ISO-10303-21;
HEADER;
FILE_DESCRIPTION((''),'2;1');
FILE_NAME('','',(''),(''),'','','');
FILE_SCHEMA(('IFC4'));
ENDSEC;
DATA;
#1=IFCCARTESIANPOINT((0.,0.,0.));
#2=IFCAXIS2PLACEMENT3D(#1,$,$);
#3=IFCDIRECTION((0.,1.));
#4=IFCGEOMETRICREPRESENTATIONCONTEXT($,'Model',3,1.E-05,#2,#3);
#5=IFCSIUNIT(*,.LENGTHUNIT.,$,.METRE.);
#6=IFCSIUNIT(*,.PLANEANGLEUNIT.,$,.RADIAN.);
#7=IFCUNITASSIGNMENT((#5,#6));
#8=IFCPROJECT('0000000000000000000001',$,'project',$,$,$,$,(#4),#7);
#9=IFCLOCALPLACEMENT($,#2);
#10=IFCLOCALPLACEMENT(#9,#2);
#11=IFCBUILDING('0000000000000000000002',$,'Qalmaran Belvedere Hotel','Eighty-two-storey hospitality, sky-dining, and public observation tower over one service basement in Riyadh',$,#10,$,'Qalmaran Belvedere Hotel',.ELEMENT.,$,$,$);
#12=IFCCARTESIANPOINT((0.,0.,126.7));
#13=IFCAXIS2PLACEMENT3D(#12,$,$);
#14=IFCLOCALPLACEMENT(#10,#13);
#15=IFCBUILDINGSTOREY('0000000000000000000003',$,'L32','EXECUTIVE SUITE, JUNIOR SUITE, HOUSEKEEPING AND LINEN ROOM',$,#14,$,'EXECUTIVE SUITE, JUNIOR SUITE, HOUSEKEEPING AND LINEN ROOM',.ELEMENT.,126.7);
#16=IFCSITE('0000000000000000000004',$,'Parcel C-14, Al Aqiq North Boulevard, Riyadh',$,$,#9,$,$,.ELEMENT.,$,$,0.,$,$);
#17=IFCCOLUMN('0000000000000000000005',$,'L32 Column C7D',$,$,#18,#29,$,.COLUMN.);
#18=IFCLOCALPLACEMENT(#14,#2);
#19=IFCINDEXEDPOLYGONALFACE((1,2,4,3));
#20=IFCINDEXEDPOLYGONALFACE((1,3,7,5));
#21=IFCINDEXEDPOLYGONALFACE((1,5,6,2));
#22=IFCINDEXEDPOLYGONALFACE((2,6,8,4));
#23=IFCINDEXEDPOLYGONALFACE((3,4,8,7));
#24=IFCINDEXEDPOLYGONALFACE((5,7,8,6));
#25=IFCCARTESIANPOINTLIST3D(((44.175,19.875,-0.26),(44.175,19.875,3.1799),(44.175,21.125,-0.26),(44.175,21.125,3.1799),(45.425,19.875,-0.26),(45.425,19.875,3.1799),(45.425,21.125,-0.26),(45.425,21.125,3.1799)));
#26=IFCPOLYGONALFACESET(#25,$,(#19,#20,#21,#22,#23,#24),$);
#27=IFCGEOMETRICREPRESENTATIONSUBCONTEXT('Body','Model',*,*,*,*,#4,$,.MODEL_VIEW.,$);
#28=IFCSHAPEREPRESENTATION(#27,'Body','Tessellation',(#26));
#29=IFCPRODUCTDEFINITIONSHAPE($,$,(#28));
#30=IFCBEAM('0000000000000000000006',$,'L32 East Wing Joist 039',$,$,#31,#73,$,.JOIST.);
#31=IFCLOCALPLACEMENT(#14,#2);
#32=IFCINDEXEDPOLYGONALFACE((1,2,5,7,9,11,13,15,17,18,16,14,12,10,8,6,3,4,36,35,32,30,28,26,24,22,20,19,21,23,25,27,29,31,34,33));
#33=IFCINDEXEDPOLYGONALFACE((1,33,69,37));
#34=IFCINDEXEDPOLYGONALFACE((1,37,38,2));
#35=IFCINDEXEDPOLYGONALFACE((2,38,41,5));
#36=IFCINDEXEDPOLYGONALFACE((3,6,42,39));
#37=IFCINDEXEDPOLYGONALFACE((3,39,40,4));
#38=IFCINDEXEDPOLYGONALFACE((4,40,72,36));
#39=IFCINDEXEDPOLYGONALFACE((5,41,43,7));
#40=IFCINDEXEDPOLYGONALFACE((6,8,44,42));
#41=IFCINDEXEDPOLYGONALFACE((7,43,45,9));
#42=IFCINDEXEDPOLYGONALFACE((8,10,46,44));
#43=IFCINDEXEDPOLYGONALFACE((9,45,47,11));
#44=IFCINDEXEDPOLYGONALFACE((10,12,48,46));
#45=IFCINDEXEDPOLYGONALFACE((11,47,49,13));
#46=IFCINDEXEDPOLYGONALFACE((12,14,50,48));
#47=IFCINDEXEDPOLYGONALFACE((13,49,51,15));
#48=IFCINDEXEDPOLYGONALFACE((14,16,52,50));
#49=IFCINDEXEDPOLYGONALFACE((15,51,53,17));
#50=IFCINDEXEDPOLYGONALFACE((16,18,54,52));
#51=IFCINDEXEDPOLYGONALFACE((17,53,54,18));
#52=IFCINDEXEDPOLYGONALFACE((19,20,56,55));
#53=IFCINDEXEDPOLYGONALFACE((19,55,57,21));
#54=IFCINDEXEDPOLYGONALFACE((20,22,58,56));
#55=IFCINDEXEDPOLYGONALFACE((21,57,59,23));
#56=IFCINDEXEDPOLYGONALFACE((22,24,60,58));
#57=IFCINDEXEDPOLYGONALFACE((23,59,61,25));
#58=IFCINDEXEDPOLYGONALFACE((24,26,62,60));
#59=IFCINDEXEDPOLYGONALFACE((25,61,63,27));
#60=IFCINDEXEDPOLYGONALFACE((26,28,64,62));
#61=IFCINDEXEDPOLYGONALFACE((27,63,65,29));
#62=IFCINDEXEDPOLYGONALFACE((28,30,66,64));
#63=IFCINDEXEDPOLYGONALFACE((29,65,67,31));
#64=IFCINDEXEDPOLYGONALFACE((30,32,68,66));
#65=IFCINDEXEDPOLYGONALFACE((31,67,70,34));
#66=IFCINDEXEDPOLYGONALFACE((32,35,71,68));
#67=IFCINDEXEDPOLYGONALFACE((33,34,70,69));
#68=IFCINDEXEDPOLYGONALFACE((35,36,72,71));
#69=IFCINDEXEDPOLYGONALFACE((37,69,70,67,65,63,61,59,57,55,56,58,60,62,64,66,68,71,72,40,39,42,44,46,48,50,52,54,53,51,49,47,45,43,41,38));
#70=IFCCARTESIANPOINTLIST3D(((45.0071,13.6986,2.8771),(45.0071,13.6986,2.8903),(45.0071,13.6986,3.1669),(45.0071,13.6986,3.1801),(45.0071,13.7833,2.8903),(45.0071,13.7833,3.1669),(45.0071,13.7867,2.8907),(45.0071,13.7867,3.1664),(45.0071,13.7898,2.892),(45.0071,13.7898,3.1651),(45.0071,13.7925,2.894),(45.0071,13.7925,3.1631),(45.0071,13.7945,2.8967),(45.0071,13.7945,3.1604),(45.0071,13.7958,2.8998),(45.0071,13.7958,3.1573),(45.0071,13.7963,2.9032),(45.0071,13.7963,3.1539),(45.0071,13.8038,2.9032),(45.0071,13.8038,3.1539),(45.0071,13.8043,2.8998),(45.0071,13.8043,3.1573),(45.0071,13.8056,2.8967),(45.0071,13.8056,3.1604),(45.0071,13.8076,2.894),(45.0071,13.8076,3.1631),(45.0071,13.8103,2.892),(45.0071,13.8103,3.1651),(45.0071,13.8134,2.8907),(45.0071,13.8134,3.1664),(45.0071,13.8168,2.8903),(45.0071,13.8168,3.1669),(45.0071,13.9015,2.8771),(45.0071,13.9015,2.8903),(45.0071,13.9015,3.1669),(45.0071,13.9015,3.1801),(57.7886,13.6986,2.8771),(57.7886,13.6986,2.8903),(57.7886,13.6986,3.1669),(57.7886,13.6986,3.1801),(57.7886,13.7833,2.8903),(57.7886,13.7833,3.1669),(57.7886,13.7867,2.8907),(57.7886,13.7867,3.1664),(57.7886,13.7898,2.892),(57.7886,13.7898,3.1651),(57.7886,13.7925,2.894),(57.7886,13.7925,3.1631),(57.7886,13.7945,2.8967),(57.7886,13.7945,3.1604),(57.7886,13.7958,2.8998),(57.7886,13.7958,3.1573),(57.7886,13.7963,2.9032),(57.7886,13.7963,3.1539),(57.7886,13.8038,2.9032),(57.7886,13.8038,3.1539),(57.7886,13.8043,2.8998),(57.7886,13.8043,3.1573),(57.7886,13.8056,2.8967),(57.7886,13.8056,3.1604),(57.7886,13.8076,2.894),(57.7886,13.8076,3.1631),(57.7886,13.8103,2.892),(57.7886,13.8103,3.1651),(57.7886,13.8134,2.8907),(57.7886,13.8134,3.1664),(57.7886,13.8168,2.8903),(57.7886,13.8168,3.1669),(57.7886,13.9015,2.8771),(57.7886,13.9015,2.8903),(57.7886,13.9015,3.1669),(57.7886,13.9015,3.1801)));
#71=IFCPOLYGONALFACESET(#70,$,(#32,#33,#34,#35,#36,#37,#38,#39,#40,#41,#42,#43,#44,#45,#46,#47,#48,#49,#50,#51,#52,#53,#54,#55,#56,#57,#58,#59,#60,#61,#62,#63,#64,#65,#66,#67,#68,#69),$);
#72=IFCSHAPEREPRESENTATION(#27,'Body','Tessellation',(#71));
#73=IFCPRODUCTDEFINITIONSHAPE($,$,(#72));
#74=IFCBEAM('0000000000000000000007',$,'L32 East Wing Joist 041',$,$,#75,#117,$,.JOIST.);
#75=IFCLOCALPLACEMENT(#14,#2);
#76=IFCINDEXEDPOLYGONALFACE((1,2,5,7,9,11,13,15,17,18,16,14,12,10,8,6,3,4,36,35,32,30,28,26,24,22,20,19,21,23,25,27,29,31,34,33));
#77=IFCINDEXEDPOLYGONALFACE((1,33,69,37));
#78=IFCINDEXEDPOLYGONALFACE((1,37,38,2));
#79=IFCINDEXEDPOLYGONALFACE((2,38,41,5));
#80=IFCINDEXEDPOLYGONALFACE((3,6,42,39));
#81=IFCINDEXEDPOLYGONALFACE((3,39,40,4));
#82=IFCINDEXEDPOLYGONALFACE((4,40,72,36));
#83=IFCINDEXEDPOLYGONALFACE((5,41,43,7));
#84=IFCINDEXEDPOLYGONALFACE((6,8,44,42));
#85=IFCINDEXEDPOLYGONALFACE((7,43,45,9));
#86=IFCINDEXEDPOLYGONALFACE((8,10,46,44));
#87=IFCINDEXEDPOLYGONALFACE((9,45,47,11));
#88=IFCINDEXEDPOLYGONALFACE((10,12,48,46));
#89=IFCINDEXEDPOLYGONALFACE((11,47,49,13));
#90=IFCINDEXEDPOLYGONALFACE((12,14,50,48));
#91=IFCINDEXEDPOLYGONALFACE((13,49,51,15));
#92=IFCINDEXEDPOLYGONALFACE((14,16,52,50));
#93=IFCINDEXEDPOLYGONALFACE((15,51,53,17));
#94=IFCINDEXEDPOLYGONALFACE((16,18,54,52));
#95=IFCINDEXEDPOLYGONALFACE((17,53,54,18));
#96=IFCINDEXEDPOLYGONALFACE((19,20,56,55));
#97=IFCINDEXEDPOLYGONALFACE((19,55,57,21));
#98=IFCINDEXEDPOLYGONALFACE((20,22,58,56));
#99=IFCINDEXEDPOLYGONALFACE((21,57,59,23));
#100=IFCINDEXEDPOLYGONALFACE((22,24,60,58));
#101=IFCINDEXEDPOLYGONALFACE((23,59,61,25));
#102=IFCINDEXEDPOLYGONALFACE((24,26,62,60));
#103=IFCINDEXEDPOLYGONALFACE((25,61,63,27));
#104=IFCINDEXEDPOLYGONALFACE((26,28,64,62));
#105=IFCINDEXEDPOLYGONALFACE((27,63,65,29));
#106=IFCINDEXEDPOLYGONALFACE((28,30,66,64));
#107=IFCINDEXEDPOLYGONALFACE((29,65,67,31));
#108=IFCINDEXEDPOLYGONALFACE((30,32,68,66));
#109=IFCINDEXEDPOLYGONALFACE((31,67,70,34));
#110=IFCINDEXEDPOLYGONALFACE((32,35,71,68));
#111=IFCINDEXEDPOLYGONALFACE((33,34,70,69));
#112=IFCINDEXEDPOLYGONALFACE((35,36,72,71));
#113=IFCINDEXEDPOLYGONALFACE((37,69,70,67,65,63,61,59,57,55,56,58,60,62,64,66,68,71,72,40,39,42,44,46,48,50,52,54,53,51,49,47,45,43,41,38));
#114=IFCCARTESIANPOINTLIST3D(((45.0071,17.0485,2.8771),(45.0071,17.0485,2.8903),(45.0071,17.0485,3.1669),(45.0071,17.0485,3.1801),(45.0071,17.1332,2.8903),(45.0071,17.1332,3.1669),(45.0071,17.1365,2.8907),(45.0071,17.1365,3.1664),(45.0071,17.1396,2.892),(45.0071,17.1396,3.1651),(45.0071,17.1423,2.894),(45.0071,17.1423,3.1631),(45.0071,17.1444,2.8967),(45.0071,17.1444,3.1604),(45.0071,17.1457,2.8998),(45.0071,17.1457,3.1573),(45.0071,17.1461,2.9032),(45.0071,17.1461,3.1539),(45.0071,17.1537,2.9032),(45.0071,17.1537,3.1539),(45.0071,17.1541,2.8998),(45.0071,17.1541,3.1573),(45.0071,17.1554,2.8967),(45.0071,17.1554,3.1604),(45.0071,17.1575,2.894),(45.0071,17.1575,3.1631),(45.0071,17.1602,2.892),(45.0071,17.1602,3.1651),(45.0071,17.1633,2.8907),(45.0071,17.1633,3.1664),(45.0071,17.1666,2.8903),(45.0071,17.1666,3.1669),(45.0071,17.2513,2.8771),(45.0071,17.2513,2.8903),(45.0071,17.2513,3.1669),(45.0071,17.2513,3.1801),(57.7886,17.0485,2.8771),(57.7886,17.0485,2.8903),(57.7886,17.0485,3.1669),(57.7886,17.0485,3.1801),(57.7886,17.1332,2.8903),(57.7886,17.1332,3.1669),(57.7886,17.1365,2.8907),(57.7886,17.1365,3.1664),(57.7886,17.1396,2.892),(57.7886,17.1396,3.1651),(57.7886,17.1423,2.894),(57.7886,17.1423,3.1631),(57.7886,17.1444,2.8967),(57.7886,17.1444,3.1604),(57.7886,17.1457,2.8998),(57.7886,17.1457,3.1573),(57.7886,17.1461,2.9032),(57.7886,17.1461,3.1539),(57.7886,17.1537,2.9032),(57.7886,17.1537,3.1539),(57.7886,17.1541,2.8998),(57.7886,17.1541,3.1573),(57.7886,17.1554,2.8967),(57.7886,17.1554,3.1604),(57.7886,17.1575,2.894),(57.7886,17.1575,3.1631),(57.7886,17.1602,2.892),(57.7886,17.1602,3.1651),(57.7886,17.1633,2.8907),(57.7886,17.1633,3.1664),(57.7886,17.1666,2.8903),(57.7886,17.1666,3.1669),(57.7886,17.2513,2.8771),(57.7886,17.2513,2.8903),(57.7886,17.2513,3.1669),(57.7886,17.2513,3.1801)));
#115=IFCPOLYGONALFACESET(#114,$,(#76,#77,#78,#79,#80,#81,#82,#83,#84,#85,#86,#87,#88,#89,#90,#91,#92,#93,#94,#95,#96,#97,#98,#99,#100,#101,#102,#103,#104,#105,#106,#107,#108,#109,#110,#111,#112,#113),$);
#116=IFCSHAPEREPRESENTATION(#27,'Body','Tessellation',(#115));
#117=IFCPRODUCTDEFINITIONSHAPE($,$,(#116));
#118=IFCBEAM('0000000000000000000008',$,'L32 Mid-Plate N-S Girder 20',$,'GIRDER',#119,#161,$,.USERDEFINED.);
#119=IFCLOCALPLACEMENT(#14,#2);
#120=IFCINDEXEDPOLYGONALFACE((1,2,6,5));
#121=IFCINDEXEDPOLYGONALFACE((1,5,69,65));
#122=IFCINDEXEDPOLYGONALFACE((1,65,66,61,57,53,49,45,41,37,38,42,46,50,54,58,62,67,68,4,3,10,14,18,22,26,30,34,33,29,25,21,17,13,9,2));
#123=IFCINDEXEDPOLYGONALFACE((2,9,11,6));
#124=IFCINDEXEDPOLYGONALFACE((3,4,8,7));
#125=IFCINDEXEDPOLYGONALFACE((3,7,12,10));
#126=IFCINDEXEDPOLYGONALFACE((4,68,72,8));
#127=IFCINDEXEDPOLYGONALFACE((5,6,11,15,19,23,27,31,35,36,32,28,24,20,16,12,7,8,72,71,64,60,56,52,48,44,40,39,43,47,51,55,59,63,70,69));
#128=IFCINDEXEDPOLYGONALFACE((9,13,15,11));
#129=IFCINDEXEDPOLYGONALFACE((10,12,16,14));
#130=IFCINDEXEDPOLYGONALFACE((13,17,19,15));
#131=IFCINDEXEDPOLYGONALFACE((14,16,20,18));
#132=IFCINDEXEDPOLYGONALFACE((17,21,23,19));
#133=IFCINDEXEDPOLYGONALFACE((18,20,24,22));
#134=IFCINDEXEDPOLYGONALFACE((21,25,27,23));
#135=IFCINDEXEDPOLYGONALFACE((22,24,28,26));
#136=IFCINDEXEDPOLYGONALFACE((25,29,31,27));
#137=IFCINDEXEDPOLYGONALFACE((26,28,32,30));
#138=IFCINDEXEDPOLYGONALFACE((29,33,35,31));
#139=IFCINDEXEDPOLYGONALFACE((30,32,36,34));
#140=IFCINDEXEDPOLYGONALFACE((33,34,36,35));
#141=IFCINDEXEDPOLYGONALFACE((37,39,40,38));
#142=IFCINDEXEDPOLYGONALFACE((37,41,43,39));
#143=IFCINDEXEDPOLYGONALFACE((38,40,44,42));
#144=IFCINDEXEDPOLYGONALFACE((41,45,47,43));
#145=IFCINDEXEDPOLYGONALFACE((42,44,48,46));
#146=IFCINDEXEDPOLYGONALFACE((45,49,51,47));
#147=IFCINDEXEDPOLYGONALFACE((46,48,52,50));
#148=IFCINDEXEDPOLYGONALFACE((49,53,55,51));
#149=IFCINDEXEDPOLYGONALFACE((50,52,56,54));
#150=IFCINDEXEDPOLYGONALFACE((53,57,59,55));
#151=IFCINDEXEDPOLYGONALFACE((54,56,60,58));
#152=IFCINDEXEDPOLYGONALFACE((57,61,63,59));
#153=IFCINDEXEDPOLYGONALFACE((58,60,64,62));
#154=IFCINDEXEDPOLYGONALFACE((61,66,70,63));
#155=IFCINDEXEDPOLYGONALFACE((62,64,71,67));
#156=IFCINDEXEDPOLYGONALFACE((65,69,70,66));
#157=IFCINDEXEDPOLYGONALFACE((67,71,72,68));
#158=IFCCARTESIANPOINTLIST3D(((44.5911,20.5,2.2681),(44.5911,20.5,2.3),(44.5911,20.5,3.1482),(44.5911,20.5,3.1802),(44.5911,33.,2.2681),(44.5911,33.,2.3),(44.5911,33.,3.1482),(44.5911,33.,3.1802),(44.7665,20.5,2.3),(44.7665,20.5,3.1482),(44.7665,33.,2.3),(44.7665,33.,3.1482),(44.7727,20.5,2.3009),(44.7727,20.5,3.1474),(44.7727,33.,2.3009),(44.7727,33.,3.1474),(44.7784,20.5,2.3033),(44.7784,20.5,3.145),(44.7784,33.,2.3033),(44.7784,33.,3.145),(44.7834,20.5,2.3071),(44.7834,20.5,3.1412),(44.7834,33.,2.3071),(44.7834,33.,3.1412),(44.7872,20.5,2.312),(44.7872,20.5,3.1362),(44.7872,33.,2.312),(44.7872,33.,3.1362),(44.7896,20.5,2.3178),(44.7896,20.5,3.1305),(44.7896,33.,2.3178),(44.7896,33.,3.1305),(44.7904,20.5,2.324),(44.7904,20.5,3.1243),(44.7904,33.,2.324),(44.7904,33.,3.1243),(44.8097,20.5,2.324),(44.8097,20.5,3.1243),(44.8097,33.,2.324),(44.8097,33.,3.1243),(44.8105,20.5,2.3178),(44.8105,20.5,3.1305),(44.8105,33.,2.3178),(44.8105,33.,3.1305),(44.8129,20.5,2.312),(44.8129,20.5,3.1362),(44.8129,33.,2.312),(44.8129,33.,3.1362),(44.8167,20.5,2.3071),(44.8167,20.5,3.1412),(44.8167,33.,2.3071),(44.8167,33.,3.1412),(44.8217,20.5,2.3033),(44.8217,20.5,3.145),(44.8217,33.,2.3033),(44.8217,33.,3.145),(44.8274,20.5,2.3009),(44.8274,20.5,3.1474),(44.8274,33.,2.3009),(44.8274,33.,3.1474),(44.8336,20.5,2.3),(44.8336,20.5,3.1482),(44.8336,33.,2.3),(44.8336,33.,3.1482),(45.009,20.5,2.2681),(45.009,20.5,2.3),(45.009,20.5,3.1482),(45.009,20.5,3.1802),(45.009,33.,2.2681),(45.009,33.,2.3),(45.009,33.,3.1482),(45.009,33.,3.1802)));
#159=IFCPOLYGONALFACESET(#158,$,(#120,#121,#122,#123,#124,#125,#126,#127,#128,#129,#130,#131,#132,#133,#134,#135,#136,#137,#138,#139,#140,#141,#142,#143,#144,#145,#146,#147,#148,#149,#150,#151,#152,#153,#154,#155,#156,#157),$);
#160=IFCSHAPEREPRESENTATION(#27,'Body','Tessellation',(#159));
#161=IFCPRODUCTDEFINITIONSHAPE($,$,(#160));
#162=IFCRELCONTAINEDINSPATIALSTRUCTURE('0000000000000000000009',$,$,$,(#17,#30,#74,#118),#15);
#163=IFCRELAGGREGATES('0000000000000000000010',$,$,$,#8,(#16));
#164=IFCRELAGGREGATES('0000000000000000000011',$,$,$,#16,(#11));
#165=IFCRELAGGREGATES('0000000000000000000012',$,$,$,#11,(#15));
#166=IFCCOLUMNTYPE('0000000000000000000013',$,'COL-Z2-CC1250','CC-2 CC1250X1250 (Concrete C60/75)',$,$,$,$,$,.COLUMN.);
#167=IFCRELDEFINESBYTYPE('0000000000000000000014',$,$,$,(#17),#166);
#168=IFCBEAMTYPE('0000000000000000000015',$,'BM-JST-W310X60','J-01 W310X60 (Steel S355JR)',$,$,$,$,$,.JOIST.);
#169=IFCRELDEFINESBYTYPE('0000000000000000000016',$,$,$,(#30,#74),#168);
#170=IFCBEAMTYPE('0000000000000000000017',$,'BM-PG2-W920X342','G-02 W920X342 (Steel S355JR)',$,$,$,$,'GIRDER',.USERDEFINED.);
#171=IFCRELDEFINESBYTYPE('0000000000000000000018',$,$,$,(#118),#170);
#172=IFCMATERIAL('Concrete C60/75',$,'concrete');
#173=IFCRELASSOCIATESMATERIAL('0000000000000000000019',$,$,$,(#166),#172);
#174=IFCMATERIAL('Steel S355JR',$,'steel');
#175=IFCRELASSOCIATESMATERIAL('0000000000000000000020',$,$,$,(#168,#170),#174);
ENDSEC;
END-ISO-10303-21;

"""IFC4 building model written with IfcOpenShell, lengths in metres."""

from ifc_helpers import new_model, si_unit, direction, frame, origin, origin_2d, place, context, subcontext, project, spatial, rectangle, i_section, extrude, material, material_profile, profile_set, type_object, element, save


model = new_model("IFC4")

# Units and contexts
model_context = context("Model", 3, precision=1e-05, world=origin(), true_north=direction((0.0, 1.0)))
body_context = subcontext(model_context, "Body", "Model", "MODEL_VIEW")
ifc_project = project(units=[si_unit("LENGTHUNIT", "METRE"), si_unit("PLANEANGLEUNIT", "RADIAN")], contexts=[model_context])

# Site, building, storey
site_placement = place(None, origin())
site = spatial("IfcSite", under=ifc_project, at=site_placement, Name="Parcel C-14, Al Aqiq North Boulevard, Riyadh", CompositionType="ELEMENT", RefElevation=0.0)
building_placement = place(site_placement, origin())
building = spatial("IfcBuilding", under=site, at=building_placement, Name="Qalmaran Belvedere Hotel", Description="Eighty-two-storey hospitality, sky-dining, and public observation tower over one service basement in Riyadh", LongName="Qalmaran Belvedere Hotel", CompositionType="ELEMENT")
storey_placement = place(building_placement, frame((0.0, 0.0, 126.7)))
storey = spatial("IfcBuildingStorey", under=building, at=storey_placement, Name="L32", Description="EXECUTIVE SUITE, JUNIOR SUITE, HOUSEKEEPING AND LINEN ROOM", LongName="EXECUTIVE SUITE, JUNIOR SUITE, HOUSEKEEPING AND LINEN ROOM", CompositionType="ELEMENT", Elevation=126.7)

# Column
ifc_material_1 = material(Name="Concrete C60/75", Category="concrete")
ifc_material_profile_1 = material_profile(ifc_material_1, rectangle(XDim=1.25, YDim=1.25, at=origin_2d()), Name="CC1250X1250")
ifc_profile_set_1 = profile_set([ifc_material_profile_1], Name="Concrete C60/75")
column_type = type_object("IfcColumnType", Name="COL-Z2-CC1250", Description="CC-2 CC1250X1250 (Concrete C60/75)", PredefinedType="COLUMN", material=ifc_profile_set_1)
column_placement = place(storey_placement, frame((44.8, 20.5, -0.26), z_axis=(0.0, 0.0, 1.0), x_axis=(1.0, 0.0, 0.0)))
element("IfcColumn", 1, at=column_placement, inside=storey, type_object=column_type, Name="L32 Column C7D", PredefinedType="COLUMN", context=body_context, shape_type="SweptSolid", body=[
    extrude(rectangle(XDim=1.25, YDim=1.25, at=origin_2d()), origin(), (0.0, 0.0, 1.0), 3.4399),
])

# Beams
ifc_material_2 = material(Name="Steel S355JR", Category="steel")
ifc_material_profile_2 = material_profile(ifc_material_2, i_section(OverallWidth=0.2029, OverallDepth=0.303, WebThickness=0.0076, FlangeThickness=0.0132, FilletRadius=0.0129, at=origin_2d()), Name="W310X60")
ifc_profile_set_2 = profile_set([ifc_material_profile_2], Name="Steel S355JR")
beam_type_1 = type_object("IfcBeamType", Name="BM-JST-W310X60", Description="J-01 W310X60 (Steel S355JR)", PredefinedType="JOIST", material=ifc_profile_set_2)
for number, where, z_axis, x_axis, name in (
    (2, (45.0071, 13.8, 3.0286), (1.0, 0.0, 0.0), (0.0, 1.0, 0.0), "L32 East Wing Joist 039"),
    (3, (45.0071, 17.1499, 3.0286), (1.0, 0.0, 0.0), (0.0, 1.0, 0.0), "L32 East Wing Joist 041"),
):
    element("IfcBeam", number, at=place(storey_placement, frame(where, z_axis=z_axis, x_axis=x_axis)), inside=storey, type_object=beam_type_1, Name=name, PredefinedType="JOIST", context=body_context, shape_type="SweptSolid", body=[
        extrude(i_section(OverallWidth=0.2029, OverallDepth=0.303, WebThickness=0.0076, FlangeThickness=0.0132, FilletRadius=0.0129, at=origin_2d()), origin(), (0.0, 0.0, 1.0), 12.7815),
    ])
ifc_material_profile_3 = material_profile(ifc_material_2, i_section(OverallWidth=0.418, OverallDepth=0.9121, WebThickness=0.0193, FlangeThickness=0.032, FilletRadius=0.0239, at=origin_2d()), Name="W920X342")
ifc_profile_set_3 = profile_set([ifc_material_profile_3], Name="Steel S355JR")
beam_type_2 = type_object("IfcBeamType", Name="BM-PG2-W920X342", Description="G-02 W920X342 (Steel S355JR)", ElementType="GIRDER", PredefinedType="USERDEFINED", material=ifc_profile_set_3)
beam_1_placement = place(storey_placement, frame((44.8, 20.5, 2.7241), z_axis=(0.0, 1.0, 0.0), x_axis=(-1.0, 0.0, 0.0)))
element("IfcBeam", 4, at=beam_1_placement, inside=storey, type_object=beam_type_2, Name="L32 Mid-Plate N-S Girder 20", ObjectType="GIRDER", PredefinedType="USERDEFINED", context=body_context, shape_type="SweptSolid", body=[
    extrude(i_section(OverallWidth=0.418, OverallDepth=0.9121, WebThickness=0.0193, FlangeThickness=0.032, FilletRadius=0.0239, at=origin_2d()), origin(), (0.0, 0.0, 1.0), 12.5),
])

save(model, "model.ifc")
